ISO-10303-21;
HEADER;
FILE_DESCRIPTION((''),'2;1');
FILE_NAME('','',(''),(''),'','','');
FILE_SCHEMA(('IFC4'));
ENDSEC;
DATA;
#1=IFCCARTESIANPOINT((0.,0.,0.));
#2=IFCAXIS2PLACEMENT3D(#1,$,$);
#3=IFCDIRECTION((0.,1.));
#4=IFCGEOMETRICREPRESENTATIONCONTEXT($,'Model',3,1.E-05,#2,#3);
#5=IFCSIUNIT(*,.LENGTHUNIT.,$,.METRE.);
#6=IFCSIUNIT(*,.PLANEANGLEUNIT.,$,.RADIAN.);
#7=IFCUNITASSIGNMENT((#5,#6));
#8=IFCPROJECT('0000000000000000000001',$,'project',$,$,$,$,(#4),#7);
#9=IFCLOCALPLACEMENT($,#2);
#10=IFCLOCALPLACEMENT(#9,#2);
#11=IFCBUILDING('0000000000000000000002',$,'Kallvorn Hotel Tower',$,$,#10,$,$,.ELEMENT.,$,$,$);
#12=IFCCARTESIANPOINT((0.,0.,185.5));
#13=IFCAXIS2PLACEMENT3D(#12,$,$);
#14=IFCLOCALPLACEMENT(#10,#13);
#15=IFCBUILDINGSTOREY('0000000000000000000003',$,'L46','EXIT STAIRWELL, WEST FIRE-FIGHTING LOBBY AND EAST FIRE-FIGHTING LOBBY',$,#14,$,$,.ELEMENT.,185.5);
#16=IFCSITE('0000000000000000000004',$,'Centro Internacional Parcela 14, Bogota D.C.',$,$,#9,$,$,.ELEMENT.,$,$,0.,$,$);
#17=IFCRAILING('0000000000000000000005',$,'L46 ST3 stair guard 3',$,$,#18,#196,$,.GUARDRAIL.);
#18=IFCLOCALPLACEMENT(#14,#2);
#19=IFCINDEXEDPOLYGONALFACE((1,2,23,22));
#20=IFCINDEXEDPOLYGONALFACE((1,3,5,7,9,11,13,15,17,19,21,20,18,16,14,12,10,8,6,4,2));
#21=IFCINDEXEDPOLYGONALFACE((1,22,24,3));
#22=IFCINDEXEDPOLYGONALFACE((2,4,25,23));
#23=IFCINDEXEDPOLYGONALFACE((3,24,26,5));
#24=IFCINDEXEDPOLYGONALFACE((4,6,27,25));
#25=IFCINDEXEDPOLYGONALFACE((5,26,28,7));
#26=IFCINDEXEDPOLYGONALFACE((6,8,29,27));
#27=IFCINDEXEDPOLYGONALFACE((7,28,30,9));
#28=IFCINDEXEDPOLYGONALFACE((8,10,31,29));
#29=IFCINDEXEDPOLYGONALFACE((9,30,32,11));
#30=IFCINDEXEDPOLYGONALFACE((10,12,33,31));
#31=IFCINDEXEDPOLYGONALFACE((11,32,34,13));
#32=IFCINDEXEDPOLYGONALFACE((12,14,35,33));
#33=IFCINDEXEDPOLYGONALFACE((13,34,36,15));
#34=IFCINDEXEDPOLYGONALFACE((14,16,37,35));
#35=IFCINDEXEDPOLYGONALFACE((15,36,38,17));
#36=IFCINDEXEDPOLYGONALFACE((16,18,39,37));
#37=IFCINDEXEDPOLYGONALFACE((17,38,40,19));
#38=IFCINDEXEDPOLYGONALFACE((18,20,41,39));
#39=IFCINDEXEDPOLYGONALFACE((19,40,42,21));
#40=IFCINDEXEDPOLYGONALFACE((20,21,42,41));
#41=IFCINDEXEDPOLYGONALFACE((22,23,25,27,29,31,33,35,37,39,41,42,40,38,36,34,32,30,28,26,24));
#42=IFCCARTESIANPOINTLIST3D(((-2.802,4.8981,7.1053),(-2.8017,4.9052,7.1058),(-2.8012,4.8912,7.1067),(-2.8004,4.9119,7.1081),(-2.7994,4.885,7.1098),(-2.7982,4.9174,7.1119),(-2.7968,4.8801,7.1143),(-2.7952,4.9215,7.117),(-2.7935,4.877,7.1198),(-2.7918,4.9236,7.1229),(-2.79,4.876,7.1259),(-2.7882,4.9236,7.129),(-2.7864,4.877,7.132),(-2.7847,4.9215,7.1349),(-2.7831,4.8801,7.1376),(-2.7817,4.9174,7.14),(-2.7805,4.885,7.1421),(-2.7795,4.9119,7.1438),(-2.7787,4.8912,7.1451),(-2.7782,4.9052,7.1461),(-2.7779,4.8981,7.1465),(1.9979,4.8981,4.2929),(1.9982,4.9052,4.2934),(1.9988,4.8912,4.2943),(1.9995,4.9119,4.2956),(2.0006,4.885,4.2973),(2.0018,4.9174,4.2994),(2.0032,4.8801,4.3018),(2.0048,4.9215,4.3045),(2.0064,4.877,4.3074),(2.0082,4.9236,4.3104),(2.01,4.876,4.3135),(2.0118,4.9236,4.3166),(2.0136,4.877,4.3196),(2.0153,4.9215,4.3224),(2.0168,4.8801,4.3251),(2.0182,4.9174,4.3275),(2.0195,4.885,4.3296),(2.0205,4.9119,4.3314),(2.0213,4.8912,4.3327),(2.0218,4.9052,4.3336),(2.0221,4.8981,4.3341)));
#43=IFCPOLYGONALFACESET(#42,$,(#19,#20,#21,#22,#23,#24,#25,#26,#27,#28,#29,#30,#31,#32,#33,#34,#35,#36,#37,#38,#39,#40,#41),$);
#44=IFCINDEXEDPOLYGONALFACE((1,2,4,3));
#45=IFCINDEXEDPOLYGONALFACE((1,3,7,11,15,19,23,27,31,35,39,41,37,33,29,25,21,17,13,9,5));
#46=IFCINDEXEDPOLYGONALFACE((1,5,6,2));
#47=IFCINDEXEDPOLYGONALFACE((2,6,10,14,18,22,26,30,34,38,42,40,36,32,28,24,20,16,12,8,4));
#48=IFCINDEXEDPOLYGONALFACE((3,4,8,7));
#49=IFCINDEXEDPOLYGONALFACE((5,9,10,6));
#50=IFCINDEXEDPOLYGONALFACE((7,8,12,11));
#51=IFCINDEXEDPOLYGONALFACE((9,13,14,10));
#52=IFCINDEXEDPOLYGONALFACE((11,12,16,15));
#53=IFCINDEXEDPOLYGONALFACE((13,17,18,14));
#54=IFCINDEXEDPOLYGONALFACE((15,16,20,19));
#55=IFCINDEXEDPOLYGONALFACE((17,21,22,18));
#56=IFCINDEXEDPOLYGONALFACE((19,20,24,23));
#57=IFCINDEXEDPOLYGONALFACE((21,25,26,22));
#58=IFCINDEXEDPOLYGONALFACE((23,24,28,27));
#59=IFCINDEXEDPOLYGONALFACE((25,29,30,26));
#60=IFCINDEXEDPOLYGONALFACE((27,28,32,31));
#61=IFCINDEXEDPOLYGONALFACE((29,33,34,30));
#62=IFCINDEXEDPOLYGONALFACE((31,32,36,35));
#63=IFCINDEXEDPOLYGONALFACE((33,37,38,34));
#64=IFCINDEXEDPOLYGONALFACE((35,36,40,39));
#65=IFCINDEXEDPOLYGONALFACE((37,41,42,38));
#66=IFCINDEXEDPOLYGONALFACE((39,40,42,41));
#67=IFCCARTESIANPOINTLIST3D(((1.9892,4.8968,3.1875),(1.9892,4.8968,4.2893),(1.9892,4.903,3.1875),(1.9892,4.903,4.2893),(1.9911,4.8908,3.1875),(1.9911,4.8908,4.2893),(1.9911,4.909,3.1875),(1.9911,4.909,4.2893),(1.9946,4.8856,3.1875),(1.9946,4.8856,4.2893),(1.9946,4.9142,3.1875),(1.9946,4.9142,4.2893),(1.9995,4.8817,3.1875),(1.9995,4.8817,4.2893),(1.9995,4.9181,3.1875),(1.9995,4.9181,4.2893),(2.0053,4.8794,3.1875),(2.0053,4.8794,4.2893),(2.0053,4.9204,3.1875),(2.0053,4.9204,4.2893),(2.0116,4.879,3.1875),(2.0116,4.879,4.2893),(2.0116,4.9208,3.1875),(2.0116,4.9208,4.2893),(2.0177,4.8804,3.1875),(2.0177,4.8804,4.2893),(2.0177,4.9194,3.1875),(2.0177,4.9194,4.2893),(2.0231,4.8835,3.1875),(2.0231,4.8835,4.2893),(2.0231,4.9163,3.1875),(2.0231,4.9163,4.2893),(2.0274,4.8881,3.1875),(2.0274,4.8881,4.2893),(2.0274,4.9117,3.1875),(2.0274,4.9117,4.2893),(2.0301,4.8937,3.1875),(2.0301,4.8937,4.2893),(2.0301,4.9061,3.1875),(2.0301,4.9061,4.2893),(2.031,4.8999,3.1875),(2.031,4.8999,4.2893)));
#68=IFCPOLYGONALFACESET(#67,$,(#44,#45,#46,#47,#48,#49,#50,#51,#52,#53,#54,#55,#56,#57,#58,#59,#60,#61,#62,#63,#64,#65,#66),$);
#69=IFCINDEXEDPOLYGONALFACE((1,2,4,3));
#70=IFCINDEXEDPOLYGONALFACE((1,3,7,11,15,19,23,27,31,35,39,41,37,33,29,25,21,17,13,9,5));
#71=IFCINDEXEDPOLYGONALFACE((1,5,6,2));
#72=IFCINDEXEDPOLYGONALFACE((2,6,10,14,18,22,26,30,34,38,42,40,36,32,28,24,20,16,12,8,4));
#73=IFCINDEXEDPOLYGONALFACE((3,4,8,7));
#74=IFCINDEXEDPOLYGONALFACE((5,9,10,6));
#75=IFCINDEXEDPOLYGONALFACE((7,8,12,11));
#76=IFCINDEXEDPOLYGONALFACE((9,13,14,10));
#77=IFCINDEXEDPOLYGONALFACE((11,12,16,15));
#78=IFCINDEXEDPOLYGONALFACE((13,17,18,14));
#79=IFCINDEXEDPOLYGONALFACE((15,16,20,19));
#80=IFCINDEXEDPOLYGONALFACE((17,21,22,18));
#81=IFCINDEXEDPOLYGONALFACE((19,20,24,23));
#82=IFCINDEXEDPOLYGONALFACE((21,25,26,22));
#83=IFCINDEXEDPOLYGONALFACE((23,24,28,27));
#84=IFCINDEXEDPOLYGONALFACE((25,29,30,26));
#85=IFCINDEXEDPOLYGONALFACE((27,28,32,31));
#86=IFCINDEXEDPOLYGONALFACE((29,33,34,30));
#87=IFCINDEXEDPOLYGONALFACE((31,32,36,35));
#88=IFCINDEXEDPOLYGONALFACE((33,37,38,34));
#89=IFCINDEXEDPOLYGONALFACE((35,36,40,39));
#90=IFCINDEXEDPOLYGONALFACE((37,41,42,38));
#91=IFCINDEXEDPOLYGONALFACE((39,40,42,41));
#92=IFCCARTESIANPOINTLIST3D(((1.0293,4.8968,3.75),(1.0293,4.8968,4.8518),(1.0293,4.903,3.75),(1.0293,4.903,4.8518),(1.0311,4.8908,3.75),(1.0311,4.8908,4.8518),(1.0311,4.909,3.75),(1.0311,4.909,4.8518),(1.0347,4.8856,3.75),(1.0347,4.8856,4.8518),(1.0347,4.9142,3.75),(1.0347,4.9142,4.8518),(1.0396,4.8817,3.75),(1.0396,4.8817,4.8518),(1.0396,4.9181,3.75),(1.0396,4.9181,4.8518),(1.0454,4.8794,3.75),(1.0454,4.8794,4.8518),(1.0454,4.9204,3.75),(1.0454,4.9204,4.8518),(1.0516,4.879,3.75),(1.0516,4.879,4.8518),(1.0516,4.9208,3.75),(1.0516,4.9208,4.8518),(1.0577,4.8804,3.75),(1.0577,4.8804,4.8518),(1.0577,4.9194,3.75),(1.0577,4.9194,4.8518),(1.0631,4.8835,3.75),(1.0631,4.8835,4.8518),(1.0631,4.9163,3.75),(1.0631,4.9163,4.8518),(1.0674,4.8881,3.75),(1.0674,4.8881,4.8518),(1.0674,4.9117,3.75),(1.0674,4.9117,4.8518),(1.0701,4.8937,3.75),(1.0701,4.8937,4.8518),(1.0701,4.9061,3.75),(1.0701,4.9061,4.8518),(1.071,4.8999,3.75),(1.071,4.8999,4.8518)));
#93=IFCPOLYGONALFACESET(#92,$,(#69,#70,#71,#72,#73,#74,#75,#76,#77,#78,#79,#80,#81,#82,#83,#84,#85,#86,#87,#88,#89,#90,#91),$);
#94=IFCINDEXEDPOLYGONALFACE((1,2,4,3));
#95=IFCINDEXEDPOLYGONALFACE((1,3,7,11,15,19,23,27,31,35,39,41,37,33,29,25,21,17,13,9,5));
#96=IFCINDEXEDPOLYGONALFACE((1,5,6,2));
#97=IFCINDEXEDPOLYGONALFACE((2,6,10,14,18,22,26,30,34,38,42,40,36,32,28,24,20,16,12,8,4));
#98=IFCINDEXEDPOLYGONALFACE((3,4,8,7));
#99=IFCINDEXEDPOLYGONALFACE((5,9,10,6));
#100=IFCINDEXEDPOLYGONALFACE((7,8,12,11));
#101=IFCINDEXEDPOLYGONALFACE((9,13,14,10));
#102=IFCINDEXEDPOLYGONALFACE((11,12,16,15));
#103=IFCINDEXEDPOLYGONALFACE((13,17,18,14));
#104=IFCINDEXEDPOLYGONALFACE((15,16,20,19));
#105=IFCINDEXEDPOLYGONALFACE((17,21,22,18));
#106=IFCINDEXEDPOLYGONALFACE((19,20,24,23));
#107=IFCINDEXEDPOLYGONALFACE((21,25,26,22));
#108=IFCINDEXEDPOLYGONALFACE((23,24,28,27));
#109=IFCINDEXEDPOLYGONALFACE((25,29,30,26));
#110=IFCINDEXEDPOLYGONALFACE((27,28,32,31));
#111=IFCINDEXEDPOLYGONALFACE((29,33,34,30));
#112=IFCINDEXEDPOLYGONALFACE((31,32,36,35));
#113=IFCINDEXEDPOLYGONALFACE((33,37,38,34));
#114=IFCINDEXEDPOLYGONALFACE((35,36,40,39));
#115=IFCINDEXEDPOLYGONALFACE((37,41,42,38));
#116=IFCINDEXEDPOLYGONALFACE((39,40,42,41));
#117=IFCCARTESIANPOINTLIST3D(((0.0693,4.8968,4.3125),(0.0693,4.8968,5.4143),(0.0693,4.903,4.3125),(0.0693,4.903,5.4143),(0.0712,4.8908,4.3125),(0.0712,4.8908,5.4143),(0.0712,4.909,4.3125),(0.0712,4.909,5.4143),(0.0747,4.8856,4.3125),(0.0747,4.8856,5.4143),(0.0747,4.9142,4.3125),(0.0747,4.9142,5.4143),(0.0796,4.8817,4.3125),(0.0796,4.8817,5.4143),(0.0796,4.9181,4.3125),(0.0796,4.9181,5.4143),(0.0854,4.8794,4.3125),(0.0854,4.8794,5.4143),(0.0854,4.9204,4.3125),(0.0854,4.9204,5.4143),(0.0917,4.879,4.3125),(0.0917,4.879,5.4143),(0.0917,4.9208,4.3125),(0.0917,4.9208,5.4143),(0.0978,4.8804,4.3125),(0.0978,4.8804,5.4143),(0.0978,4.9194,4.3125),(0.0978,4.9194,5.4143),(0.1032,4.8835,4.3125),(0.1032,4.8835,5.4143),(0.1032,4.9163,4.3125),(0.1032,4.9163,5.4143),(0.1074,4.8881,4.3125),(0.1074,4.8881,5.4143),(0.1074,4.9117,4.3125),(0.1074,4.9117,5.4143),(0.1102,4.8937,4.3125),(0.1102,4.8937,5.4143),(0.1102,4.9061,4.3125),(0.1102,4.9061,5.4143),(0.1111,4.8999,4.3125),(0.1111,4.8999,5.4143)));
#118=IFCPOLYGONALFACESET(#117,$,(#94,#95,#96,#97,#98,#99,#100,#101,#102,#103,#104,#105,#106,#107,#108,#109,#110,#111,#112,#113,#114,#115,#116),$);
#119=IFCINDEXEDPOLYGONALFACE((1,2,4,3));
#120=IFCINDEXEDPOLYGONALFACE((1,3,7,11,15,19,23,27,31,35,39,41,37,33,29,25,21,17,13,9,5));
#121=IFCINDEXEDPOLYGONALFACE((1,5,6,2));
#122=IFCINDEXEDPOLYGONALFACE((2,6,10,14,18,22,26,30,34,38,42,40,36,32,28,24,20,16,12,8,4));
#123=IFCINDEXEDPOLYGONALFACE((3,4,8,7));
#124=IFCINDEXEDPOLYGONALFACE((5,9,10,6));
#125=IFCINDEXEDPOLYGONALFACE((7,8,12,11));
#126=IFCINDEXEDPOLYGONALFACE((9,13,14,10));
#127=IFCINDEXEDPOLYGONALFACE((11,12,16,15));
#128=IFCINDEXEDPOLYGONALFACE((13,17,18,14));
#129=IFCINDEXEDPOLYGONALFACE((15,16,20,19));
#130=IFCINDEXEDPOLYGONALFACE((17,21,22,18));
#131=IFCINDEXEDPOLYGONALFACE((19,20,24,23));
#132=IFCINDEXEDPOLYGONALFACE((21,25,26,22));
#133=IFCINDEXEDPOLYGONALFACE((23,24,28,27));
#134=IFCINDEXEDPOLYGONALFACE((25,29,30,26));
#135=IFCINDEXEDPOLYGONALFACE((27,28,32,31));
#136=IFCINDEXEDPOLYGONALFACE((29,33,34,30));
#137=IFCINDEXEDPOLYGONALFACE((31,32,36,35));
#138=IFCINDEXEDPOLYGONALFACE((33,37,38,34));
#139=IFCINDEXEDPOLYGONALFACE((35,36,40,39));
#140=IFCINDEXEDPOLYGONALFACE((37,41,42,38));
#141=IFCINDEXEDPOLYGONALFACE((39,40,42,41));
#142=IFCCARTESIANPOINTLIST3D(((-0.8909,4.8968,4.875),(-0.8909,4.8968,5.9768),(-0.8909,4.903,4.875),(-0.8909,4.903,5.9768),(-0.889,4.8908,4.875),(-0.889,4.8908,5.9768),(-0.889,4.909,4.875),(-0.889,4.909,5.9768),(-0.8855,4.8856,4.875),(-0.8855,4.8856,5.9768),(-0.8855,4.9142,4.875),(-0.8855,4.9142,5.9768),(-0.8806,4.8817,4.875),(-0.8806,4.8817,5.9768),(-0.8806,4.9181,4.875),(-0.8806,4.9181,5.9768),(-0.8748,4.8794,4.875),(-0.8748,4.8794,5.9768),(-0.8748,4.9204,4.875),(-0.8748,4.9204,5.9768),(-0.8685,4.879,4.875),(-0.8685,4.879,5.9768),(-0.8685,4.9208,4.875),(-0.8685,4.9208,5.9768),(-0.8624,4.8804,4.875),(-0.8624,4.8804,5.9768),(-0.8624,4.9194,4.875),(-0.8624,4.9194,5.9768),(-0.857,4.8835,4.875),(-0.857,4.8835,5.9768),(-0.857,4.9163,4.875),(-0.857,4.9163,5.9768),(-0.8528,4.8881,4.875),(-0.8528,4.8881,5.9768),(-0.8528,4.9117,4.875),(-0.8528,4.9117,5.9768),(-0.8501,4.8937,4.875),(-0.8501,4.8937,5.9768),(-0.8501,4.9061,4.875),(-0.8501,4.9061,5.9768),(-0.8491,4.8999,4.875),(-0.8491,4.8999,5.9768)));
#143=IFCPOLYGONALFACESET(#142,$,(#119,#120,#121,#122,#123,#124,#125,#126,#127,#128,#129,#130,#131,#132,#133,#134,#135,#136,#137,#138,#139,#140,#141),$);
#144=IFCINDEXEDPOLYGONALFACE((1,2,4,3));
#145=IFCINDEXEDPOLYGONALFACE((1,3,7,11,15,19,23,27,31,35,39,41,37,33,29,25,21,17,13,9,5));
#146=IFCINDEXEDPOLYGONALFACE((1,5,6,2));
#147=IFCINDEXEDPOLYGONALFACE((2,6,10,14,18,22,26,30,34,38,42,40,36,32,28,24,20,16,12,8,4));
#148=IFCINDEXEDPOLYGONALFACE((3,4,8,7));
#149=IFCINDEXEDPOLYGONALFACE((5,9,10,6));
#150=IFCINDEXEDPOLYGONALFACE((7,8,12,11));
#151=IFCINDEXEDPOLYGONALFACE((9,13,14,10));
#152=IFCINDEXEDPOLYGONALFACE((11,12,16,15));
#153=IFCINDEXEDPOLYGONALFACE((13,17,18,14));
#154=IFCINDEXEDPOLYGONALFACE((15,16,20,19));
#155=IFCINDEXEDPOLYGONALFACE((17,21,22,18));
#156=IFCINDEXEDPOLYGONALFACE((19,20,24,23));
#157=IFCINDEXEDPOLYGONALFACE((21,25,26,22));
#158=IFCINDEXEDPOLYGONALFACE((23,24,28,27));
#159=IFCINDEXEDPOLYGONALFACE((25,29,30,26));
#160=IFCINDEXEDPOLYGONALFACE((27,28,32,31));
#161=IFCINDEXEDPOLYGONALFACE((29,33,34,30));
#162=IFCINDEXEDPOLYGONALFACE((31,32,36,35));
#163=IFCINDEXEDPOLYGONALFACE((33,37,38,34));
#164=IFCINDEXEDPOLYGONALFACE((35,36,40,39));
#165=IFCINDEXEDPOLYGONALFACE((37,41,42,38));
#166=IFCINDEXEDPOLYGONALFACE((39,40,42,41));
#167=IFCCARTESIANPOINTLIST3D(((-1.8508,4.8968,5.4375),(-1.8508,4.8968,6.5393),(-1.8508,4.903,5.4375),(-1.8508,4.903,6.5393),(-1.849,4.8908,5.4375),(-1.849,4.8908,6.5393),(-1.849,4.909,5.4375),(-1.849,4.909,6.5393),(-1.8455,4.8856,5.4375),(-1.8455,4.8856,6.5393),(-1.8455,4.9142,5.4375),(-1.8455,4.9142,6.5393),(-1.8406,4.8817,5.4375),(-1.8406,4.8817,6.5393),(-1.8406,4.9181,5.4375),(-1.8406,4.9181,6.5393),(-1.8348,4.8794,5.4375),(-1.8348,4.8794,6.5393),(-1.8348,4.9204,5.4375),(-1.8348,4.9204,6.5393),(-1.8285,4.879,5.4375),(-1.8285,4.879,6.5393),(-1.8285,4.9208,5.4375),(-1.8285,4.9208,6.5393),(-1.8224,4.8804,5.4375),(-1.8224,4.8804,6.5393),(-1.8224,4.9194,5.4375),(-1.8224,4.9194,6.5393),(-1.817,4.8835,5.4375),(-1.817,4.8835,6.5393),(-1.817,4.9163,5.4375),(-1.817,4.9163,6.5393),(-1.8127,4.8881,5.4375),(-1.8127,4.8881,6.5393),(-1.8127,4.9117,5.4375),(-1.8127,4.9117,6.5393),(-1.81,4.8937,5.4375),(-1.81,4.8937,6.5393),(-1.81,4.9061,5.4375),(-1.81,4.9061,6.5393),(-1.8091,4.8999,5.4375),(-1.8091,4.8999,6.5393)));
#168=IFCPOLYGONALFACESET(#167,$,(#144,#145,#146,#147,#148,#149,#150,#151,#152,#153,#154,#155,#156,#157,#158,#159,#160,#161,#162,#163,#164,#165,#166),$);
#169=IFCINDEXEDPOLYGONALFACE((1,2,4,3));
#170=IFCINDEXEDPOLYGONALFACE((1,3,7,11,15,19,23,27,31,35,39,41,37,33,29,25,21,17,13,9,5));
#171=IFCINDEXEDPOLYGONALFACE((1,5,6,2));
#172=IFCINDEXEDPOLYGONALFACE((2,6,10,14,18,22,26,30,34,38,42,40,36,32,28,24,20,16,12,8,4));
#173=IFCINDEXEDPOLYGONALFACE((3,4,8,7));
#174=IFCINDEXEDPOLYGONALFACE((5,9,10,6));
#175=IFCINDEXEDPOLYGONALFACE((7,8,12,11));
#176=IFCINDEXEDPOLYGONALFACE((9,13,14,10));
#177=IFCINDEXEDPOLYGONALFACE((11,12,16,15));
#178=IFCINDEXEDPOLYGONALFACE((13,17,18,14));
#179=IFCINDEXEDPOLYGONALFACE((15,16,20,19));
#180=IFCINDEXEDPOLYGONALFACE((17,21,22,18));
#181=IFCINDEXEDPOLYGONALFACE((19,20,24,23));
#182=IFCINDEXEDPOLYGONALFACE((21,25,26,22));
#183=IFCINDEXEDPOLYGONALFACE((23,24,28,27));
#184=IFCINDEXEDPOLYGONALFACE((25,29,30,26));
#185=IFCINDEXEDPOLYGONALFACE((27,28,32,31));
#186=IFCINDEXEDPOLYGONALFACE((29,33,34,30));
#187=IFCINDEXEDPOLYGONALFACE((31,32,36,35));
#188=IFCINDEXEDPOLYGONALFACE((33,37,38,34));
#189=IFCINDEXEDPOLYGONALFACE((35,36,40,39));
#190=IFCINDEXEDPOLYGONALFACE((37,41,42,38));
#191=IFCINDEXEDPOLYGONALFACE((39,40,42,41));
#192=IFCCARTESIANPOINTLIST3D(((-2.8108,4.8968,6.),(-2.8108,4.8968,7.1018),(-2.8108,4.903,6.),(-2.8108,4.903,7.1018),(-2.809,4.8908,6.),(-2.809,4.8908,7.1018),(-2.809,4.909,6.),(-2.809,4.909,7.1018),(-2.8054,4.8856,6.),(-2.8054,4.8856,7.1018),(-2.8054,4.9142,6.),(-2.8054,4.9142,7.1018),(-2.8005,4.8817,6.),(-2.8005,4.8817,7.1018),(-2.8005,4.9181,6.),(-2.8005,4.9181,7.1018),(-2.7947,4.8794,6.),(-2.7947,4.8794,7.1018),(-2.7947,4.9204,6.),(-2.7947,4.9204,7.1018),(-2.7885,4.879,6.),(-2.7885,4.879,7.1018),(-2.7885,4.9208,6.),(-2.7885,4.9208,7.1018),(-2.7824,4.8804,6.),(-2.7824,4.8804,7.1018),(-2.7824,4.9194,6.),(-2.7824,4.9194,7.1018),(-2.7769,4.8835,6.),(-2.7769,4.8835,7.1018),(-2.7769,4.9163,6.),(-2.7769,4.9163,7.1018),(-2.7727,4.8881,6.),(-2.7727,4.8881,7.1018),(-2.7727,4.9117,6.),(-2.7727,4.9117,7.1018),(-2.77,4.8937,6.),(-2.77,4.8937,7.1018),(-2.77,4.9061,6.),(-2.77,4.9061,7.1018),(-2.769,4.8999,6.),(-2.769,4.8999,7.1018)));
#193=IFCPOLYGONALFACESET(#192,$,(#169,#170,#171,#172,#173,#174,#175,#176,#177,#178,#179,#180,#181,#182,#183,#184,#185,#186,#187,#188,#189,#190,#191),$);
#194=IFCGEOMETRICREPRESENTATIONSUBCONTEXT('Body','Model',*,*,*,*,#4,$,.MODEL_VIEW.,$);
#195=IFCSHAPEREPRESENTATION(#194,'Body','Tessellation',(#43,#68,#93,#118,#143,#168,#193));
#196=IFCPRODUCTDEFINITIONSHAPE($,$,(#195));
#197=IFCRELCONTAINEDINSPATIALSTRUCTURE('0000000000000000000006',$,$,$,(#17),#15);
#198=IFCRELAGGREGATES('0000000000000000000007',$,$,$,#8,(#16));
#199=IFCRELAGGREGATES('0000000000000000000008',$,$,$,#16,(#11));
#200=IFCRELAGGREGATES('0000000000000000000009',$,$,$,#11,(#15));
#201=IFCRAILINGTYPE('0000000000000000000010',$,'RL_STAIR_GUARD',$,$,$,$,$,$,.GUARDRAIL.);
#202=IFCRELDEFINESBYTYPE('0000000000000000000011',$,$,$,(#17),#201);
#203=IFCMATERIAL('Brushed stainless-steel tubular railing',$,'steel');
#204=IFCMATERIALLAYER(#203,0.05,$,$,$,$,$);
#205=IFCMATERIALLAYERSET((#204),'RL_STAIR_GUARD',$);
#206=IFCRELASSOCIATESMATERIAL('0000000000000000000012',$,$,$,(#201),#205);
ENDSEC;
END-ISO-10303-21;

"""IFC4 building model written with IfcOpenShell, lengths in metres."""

from ifc_helpers import new_model, si_unit, direction, frame, origin, origin_2d, place, context, subcontext, project, spatial, circle, extrude, material, layer, layer_set, type_object, element, save


model = new_model("IFC4")

# Units and contexts
model_context = context("Model", 3, precision=1e-05, world=origin(), true_north=direction((0.0, 1.0)))
body_context = subcontext(model_context, "Body", "Model", "MODEL_VIEW")
ifc_project = project(units=[si_unit("LENGTHUNIT", "METRE"), si_unit("PLANEANGLEUNIT", "RADIAN")], contexts=[model_context])

# Site, building, storey
site_placement = place(None, origin())
site = spatial("IfcSite", under=ifc_project, at=site_placement, Name="Centro Internacional Parcela 14, Bogota D.C.", CompositionType="ELEMENT", RefElevation=0.0)
building_placement = place(site_placement, origin())
building = spatial("IfcBuilding", under=site, at=building_placement, Name="Kallvorn Hotel Tower", CompositionType="ELEMENT")
storey_placement = place(building_placement, frame((0.0, 0.0, 185.5)))
storey = spatial("IfcBuildingStorey", under=building, at=storey_placement, Name="L46", Description="EXIT STAIRWELL, WEST FIRE-FIGHTING LOBBY AND EAST FIRE-FIGHTING LOBBY", CompositionType="ELEMENT", Elevation=185.5)

# Railing
ifc_material_1 = material(Name="Brushed stainless-steel tubular railing", Category="steel")
ifc_layer_1 = layer(ifc_material_1, 0.05)
ifc_layer_set_1 = layer_set([ifc_layer_1], Name="RL_STAIR_GUARD")
railing_type_1 = type_object("IfcRailingType", Name="RL_STAIR_GUARD", PredefinedType="GUARDRAIL", material=ifc_layer_set_1)
railing_1_placement = place(storey_placement, frame((2.01, 4.8999, 3.1875)))
element("IfcRailing", 1, at=railing_1_placement, inside=storey, type_object=railing_type_1, Name="L46 ST3 stair guard 3", PredefinedType="GUARDRAIL", context=body_context, shape_type="SweptSolid", body=[
    extrude(circle(Radius=0.0239, at=origin_2d()), frame((0.0, 0.0, 1.126), z_axis=(-0.862802, 0.0, 0.505543), x_axis=(0.0, -1.0, 0.0)), (0.0, 0.0, 1.0), 5.5632),
    extrude(circle(Radius=0.021, at=origin_2d()), origin(), (0.0, 0.0, 1.0), 1.1018),
    extrude(circle(Radius=0.021, at=origin_2d()), frame((-0.96, 0.0, 0.5625)), (0.0, 0.0, 1.0), 1.1018),
    extrude(circle(Radius=0.021, at=origin_2d()), frame((-1.9199, 0.0, 1.125)), (0.0, 0.0, 1.0), 1.1018),
    extrude(circle(Radius=0.021, at=origin_2d()), frame((-2.8801, 0.0, 1.6875)), (0.0, 0.0, 1.0), 1.1018),
    extrude(circle(Radius=0.021, at=origin_2d()), frame((-3.8401, 0.0, 2.25)), (0.0, 0.0, 1.0), 1.1018),
    extrude(circle(Radius=0.021, at=origin_2d()), frame((-4.8, 0.0, 2.8125)), (0.0, 0.0, 1.0), 1.1018),
])

save(model, "model.ifc")
